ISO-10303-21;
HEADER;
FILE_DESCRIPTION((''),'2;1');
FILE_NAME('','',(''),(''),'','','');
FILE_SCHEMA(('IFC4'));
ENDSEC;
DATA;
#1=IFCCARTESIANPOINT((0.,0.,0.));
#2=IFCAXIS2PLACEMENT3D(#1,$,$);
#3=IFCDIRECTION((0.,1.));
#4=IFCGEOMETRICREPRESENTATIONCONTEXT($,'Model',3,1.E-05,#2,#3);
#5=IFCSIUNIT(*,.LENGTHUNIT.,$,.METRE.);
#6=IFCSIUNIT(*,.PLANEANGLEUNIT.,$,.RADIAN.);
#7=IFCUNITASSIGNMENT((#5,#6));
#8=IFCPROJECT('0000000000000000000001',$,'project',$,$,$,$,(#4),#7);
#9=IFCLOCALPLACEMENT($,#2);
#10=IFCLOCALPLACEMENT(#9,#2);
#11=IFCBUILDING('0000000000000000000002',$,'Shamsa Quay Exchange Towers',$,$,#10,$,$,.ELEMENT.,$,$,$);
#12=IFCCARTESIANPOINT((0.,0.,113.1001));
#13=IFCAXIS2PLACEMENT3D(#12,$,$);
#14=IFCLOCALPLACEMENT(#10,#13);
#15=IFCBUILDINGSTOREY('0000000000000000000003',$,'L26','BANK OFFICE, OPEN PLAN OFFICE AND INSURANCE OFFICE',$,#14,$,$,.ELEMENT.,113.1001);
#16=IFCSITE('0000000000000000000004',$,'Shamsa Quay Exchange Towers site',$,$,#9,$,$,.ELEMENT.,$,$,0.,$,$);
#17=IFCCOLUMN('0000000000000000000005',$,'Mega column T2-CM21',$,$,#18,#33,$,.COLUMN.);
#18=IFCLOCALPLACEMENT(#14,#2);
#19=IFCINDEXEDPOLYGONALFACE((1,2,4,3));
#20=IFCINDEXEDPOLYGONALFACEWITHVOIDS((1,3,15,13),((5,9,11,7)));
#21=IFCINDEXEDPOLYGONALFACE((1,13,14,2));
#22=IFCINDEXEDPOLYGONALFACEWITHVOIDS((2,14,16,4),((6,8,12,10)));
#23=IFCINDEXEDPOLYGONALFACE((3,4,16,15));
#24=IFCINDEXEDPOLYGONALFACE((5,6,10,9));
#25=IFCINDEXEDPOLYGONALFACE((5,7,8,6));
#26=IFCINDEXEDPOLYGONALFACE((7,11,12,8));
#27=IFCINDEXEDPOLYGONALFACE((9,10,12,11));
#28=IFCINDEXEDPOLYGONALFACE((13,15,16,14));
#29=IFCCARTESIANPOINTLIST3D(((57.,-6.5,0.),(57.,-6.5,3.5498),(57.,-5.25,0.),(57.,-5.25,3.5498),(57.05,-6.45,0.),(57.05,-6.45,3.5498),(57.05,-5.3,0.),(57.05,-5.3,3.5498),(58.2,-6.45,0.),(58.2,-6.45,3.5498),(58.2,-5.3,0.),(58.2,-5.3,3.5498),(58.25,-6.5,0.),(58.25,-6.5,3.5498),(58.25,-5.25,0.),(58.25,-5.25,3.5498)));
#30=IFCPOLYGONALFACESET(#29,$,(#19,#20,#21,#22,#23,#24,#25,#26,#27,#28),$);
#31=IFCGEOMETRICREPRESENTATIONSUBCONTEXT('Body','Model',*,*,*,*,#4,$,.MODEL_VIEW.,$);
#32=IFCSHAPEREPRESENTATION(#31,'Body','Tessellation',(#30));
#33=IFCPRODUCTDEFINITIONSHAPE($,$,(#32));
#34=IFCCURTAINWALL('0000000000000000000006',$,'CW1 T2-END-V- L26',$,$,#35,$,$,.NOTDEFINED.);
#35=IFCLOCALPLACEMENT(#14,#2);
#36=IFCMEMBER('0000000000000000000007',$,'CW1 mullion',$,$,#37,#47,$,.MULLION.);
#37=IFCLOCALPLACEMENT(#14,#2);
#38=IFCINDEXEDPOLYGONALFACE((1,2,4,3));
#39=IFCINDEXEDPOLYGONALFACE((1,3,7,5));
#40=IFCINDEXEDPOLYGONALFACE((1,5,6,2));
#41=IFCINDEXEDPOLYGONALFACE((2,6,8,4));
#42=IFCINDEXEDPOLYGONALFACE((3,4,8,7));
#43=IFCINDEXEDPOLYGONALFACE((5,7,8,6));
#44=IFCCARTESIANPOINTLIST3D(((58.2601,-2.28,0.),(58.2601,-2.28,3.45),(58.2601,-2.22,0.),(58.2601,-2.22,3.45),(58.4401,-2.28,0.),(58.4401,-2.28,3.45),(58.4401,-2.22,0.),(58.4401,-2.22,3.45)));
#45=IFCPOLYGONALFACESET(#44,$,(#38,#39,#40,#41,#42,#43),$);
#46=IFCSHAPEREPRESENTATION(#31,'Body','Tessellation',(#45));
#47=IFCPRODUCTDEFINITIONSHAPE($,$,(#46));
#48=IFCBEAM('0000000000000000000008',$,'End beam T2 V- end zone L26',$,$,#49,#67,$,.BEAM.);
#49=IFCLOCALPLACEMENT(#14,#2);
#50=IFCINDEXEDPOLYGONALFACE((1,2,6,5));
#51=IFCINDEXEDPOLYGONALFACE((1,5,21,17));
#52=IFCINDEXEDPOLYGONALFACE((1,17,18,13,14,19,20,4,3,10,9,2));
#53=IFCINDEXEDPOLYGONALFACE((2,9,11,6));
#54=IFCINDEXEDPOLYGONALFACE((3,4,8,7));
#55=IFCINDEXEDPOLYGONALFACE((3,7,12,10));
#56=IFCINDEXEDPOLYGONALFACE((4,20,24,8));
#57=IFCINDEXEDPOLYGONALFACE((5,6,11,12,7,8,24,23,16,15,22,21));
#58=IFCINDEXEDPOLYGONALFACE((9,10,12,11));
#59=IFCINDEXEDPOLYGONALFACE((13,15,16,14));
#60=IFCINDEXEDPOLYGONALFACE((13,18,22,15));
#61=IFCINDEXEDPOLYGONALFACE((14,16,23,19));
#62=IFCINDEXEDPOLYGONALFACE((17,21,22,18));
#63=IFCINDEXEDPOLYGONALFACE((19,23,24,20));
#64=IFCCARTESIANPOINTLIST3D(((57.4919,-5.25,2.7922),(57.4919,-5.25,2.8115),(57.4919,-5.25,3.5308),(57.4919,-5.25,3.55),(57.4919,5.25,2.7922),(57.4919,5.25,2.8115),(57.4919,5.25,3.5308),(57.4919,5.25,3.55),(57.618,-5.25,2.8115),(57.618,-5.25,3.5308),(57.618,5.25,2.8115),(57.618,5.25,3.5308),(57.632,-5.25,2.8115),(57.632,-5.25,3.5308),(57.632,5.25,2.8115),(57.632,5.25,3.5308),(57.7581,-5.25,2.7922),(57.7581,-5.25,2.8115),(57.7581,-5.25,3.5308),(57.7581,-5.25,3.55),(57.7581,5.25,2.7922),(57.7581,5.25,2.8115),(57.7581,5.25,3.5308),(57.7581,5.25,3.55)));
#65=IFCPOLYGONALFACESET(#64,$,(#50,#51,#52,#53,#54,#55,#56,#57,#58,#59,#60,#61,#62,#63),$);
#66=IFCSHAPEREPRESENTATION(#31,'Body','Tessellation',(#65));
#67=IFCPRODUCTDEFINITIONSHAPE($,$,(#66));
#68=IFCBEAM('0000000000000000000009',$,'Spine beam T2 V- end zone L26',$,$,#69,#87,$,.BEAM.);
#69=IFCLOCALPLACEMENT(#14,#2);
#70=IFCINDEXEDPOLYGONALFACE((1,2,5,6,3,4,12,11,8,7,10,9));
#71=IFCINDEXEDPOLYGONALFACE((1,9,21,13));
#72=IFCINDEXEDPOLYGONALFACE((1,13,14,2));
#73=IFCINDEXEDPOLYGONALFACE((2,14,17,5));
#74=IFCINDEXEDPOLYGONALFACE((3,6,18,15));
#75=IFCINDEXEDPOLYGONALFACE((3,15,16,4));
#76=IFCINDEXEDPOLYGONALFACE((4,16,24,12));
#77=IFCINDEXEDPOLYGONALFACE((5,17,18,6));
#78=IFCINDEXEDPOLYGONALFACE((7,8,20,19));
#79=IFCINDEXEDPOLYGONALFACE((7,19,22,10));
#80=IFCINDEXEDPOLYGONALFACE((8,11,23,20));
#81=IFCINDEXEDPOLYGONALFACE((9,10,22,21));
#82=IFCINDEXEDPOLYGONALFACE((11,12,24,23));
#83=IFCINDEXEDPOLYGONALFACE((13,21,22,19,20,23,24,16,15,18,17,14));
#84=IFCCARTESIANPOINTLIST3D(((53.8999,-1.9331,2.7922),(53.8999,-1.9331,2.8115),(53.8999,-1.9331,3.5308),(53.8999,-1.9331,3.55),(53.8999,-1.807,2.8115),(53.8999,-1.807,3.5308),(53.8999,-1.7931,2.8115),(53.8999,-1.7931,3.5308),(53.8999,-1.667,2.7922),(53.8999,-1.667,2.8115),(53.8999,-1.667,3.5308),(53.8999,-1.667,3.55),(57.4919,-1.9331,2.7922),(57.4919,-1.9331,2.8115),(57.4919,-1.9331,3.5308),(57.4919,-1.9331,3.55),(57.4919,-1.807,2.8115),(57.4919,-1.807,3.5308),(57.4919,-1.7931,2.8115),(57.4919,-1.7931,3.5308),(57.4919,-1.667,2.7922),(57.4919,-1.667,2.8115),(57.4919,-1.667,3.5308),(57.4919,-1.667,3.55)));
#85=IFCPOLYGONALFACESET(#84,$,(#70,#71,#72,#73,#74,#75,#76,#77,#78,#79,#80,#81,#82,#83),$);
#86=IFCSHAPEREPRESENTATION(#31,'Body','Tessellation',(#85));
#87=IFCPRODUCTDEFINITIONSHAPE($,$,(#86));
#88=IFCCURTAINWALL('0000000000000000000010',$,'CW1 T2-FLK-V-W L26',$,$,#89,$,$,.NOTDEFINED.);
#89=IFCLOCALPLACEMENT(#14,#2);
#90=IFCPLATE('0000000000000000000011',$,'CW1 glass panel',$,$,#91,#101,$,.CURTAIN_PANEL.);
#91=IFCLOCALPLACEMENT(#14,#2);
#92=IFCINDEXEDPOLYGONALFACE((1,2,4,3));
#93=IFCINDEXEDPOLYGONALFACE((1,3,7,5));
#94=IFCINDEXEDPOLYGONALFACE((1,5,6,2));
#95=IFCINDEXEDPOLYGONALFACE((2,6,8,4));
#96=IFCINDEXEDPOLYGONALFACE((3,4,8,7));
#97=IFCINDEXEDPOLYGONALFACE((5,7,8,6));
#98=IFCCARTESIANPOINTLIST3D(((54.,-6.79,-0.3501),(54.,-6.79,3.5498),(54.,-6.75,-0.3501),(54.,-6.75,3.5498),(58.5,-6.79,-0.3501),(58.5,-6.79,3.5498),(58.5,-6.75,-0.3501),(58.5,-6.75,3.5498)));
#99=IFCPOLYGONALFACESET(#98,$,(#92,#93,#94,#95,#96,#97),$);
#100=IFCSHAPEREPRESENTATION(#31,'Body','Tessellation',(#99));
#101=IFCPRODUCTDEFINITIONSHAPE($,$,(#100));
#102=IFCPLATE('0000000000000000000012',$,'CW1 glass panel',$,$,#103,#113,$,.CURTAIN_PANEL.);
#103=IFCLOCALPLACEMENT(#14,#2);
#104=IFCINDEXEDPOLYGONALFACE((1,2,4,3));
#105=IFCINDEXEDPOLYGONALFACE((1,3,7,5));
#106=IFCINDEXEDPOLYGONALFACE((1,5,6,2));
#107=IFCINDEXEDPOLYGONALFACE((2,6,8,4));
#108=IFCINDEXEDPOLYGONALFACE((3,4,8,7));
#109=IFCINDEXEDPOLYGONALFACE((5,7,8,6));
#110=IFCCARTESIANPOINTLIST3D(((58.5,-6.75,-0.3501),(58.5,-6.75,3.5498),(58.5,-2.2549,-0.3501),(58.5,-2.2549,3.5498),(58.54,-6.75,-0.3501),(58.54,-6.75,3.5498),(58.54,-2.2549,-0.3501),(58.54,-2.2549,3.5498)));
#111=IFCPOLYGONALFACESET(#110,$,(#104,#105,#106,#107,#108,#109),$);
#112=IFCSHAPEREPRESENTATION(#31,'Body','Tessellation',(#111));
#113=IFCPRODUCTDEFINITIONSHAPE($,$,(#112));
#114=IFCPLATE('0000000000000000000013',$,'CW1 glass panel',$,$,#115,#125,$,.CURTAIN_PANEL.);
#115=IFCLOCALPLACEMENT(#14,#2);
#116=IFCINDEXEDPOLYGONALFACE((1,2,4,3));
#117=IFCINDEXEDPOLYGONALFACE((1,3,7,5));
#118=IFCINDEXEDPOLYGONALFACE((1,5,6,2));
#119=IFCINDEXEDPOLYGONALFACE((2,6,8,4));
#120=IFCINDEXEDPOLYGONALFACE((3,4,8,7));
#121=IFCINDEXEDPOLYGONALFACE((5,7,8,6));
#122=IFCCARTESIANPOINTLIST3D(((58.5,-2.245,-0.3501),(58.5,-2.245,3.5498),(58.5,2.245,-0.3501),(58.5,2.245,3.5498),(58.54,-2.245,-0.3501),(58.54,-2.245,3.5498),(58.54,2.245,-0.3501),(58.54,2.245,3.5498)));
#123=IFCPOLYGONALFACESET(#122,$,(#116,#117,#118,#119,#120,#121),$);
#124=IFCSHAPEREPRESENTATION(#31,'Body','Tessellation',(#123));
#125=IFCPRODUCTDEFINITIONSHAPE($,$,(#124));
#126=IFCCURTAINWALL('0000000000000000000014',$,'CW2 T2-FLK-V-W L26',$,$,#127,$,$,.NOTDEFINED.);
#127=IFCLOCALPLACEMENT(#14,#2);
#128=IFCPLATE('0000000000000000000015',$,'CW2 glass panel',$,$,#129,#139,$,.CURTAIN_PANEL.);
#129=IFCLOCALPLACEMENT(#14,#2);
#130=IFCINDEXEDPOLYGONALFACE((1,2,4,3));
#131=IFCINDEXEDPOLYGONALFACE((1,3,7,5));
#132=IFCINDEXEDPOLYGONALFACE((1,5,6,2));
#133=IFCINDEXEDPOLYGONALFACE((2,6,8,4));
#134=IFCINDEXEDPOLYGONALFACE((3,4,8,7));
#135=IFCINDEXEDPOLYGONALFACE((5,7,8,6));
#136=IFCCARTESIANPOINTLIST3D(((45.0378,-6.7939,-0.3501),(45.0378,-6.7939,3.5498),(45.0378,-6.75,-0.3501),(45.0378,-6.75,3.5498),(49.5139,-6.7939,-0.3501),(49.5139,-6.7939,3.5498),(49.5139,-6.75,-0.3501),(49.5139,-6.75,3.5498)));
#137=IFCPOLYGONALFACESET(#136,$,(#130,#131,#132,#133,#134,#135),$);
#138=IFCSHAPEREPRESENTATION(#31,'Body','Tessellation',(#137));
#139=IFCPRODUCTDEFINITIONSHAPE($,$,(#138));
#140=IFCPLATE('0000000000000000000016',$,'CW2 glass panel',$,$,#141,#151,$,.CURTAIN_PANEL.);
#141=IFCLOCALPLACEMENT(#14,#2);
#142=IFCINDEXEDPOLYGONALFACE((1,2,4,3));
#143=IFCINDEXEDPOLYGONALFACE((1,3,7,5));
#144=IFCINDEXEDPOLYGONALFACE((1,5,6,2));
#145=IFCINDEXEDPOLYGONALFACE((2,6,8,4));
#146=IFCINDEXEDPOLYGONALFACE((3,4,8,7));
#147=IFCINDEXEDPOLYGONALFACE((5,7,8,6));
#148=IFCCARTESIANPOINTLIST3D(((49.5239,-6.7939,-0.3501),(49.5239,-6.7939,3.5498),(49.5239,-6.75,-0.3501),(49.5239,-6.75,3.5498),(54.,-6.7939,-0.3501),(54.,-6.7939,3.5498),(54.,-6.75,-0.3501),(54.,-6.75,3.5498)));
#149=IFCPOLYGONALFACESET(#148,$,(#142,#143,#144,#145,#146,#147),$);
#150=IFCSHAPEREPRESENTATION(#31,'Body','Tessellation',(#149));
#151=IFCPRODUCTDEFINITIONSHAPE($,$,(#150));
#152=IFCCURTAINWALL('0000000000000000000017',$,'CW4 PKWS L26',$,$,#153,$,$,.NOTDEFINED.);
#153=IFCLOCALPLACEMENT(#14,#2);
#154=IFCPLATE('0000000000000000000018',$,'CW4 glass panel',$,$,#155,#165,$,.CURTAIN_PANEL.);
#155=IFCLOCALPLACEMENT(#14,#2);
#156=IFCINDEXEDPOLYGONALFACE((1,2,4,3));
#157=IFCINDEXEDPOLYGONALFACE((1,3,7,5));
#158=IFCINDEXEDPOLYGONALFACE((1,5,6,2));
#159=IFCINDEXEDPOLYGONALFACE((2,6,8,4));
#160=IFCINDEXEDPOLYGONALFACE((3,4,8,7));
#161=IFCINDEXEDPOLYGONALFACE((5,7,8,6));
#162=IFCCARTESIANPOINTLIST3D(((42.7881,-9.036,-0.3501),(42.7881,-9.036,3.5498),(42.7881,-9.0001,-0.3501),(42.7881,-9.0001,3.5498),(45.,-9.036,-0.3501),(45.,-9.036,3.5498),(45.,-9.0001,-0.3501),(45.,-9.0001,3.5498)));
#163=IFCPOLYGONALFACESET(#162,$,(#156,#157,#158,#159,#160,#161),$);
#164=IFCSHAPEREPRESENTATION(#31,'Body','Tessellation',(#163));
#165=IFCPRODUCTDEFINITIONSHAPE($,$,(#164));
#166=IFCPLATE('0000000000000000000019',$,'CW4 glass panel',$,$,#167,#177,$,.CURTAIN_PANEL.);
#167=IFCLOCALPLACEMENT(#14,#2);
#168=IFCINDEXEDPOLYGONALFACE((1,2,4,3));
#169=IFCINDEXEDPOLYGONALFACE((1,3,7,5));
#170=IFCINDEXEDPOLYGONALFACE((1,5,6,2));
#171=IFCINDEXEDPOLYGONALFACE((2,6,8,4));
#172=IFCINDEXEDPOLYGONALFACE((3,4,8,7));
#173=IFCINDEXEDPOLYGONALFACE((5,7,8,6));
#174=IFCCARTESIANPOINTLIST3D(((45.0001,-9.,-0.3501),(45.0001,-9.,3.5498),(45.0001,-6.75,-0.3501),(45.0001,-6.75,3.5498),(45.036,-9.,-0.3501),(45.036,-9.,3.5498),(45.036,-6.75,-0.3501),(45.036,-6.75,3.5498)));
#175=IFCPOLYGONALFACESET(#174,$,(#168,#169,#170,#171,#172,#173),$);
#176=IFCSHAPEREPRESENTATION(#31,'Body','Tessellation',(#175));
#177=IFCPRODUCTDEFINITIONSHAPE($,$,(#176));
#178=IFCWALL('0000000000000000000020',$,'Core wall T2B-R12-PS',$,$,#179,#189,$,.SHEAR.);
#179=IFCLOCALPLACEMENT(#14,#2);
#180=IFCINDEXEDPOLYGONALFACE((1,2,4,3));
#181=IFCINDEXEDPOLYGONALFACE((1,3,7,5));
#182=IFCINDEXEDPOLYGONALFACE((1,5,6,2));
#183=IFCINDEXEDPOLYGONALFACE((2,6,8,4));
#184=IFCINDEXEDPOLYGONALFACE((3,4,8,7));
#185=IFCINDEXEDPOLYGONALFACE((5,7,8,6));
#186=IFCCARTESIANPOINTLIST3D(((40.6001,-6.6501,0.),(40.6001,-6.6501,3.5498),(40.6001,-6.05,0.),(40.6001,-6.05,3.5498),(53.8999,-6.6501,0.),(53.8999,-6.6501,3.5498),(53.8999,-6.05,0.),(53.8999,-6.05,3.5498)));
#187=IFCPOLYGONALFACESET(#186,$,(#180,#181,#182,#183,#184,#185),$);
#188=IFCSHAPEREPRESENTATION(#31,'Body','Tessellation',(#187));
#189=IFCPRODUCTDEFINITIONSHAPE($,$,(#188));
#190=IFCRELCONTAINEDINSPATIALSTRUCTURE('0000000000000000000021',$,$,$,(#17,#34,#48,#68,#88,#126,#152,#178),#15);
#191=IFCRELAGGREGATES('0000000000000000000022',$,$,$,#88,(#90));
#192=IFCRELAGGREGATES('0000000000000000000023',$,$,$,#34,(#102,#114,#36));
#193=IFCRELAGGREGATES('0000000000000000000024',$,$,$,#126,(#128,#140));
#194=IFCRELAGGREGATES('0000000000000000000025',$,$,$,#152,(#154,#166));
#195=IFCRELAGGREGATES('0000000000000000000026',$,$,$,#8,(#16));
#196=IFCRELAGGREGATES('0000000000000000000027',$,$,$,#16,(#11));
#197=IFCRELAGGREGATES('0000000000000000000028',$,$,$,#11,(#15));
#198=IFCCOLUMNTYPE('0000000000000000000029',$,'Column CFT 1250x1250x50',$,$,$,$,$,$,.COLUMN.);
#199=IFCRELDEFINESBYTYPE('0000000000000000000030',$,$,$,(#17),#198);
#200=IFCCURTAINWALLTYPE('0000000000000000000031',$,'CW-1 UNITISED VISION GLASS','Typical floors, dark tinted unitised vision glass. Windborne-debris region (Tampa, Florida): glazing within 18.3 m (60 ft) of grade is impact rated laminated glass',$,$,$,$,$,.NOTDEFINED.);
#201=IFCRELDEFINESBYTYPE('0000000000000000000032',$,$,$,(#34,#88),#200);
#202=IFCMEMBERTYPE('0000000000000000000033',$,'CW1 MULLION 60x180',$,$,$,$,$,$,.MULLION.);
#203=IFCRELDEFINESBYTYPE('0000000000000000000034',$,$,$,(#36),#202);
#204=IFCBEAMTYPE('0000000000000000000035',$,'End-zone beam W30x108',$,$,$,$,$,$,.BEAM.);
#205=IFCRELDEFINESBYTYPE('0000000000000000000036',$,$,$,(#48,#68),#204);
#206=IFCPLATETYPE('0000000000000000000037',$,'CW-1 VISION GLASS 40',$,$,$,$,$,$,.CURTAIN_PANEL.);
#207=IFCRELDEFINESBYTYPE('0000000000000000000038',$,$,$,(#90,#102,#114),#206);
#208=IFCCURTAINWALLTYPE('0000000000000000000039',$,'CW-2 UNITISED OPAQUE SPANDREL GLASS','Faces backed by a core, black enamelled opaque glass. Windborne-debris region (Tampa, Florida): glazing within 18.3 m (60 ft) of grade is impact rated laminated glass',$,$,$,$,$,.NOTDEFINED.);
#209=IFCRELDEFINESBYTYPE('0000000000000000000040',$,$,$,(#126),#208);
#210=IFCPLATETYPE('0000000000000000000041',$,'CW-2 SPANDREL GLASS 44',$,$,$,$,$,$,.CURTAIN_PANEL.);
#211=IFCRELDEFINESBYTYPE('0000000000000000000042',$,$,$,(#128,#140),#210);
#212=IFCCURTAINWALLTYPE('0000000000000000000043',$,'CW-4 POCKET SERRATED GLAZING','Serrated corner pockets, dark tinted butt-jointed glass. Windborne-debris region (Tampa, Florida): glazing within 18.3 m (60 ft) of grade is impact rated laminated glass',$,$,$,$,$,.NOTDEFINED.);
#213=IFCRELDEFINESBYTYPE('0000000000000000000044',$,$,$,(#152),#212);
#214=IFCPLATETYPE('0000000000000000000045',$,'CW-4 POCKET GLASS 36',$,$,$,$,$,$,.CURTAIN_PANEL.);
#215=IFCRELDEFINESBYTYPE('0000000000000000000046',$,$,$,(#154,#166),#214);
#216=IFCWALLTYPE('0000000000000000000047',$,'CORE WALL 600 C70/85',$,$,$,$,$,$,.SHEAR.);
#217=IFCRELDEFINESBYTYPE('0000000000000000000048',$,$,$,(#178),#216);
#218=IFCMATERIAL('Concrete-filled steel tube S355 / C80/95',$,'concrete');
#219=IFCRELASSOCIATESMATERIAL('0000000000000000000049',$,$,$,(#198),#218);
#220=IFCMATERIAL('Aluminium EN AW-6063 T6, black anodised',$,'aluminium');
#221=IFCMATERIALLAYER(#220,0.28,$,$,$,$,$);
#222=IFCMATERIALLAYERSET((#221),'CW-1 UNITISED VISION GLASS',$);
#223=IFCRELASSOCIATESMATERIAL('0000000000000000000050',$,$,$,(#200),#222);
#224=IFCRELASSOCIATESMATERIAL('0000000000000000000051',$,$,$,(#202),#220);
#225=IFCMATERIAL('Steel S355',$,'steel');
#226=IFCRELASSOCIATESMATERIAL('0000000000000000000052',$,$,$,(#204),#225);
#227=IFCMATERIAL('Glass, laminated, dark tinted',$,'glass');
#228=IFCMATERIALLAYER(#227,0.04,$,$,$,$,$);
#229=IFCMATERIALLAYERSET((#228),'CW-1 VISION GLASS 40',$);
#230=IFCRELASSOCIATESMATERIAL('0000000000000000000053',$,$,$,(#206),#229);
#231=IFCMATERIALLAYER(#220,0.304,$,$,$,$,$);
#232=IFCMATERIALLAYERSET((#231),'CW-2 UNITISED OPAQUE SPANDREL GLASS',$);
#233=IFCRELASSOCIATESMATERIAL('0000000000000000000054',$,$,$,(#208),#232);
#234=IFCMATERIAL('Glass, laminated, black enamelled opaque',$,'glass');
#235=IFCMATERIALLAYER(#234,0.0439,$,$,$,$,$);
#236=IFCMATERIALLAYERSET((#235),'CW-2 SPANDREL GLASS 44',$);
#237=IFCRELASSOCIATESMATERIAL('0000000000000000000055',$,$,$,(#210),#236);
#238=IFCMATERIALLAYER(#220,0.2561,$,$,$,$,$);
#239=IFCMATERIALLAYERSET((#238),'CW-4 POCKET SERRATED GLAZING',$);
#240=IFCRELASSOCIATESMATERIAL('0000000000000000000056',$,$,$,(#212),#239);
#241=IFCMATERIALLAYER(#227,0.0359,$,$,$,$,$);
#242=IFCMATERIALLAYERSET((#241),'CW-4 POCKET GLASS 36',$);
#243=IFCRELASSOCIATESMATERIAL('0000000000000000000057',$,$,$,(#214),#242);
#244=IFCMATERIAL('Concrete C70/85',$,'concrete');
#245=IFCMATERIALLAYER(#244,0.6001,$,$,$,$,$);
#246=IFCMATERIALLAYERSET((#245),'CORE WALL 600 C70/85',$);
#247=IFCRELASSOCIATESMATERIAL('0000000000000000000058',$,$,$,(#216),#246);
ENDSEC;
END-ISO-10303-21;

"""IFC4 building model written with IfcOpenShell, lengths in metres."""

from ifc_helpers import new_model, si_unit, direction, frame, frame_2d, origin, origin_2d, place, context, subcontext, project, spatial, rectangle, hollow_rectangle, i_section, extrude, material, layer, layer_set, material_profile, profile_set, type_object, element, aggregate, save


model = new_model("IFC4")

# Units and contexts
model_context = context("Model", 3, precision=1e-05, world=origin(), true_north=direction((0.0, 1.0)))
body_context = subcontext(model_context, "Body", "Model", "MODEL_VIEW")
ifc_project = project(units=[si_unit("LENGTHUNIT", "METRE"), si_unit("PLANEANGLEUNIT", "RADIAN")], contexts=[model_context])

# Site, building, storey
site_placement = place(None, origin())
site = spatial("IfcSite", under=ifc_project, at=site_placement, Name="Shamsa Quay Exchange Towers site", CompositionType="ELEMENT", RefElevation=0.0)
building_placement = place(site_placement, origin())
building = spatial("IfcBuilding", under=site, at=building_placement, Name="Shamsa Quay Exchange Towers", CompositionType="ELEMENT")
storey_placement = place(building_placement, frame((0.0, 0.0, 113.1001)))
storey = spatial("IfcBuildingStorey", under=building, at=storey_placement, Name="L26", Description="BANK OFFICE, OPEN PLAN OFFICE AND INSURANCE OFFICE", CompositionType="ELEMENT", Elevation=113.1001)

# Column
ifc_material_1 = material(Name="Concrete-filled steel tube S355 / C80/95", Category="concrete")
ifc_material_profile_1 = material_profile(ifc_material_1, hollow_rectangle(XDim=1.25, YDim=1.25, WallThickness=0.05, at=origin_2d()), Name="CFT 1250x1250x50")
ifc_profile_set_1 = profile_set([ifc_material_profile_1], Name="Concrete-filled steel tube S355 / C80/95")
column_type = type_object("IfcColumnType", Name="Column CFT 1250x1250x50", PredefinedType="COLUMN", material=ifc_profile_set_1)
column_placement = place(storey_placement, frame((57.625, -5.875, 0.0)))
element("IfcColumn", 1, at=column_placement, inside=storey, type_object=column_type, Name="Mega column T2-CM21", PredefinedType="COLUMN", context=body_context, shape_type="SweptSolid", body=[
    extrude(hollow_rectangle(XDim=1.25, YDim=1.25, WallThickness=0.05, at=origin_2d()), origin(), (0.0, 0.0, 1.0), 3.5498),
])

# Curtain wall, member
ifc_material_2 = material(Name="Aluminium EN AW-6063 T6, black anodised", Category="aluminium")
ifc_layer_1 = layer(ifc_material_2, 0.28)
ifc_layer_set_1 = layer_set([ifc_layer_1], Name="CW-1 UNITISED VISION GLASS")
curtain_wall_type_1 = type_object("IfcCurtainWallType", Name="CW-1 UNITISED VISION GLASS", Description="Typical floors, dark tinted unitised vision glass. Windborne-debris region (Tampa, Florida): glazing within 18.3 m (60 ft) of grade is impact rated laminated glass", PredefinedType="NOTDEFINED", material=ifc_layer_set_1)
curtain_wall_1_placement = place(storey_placement, origin())
curtain_wall_1 = element("IfcCurtainWall", 2, at=curtain_wall_1_placement, inside=storey, type_object=curtain_wall_type_1, Name="CW1 T2-END-V- L26", PredefinedType="NOTDEFINED")
ifc_material_profile_2 = material_profile(ifc_material_2, rectangle(XDim=0.1799, YDim=0.0601, at=origin_2d()), Name="MU60x180")
ifc_profile_set_2 = profile_set([ifc_material_profile_2], Name="Aluminium EN AW-6063 T6, black anodised")
member_type = type_object("IfcMemberType", Name="CW1 MULLION 60x180", PredefinedType="MULLION", material=ifc_profile_set_2)
member_placement = place(storey_placement, frame((58.3501, -2.25, 0.0), z_axis=(0.0, 0.0, 1.0), x_axis=(-1.0, 0.0, 0.0)))
member = element("IfcMember", 3, at=member_placement, type_object=member_type, Name="CW1 mullion", PredefinedType="MULLION", context=body_context, shape_type="SweptSolid", body=[
    extrude(rectangle(XDim=0.1799, YDim=0.0601, at=origin_2d()), origin(), (0.0, 0.0, 1.0), 3.45),
])

# Beams
ifc_material_3 = material(Name="Steel S355", Category="steel")
ifc_material_profile_3 = material_profile(ifc_material_3, i_section(OverallWidth=0.2661, OverallDepth=0.7578, WebThickness=0.0139, FlangeThickness=0.0193, at=origin_2d()), Name="W30x108")
ifc_profile_set_3 = profile_set([ifc_material_profile_3], Name="Steel S355")
beam_type = type_object("IfcBeamType", Name="End-zone beam W30x108", PredefinedType="BEAM", material=ifc_profile_set_3)
beam_1_placement = place(storey_placement, frame((57.625, -5.25, 3.1711), z_axis=(0.0, 1.0, 0.0), x_axis=(-1.0, 0.0, 0.0)))
element("IfcBeam", 4, at=beam_1_placement, inside=storey, type_object=beam_type, Name="End beam T2 V- end zone L26", PredefinedType="BEAM", context=body_context, shape_type="SweptSolid", body=[
    extrude(i_section(OverallWidth=0.2661, OverallDepth=0.7578, WebThickness=0.0139, FlangeThickness=0.0193, at=origin_2d()), origin(), (0.0, 0.0, 1.0), 10.5),
])
beam_2_placement = place(storey_placement, frame((53.8999, -1.8, 3.1711), z_axis=(1.0, 0.0, 0.0), x_axis=(0.0, 1.0, 0.0)))
element("IfcBeam", 5, at=beam_2_placement, inside=storey, type_object=beam_type, Name="Spine beam T2 V- end zone L26", PredefinedType="BEAM", context=body_context, shape_type="SweptSolid", body=[
    extrude(i_section(OverallWidth=0.2661, OverallDepth=0.7578, WebThickness=0.0139, FlangeThickness=0.0193, at=origin_2d()), origin(), (0.0, 0.0, 1.0), 3.592),
])

# Curtain wall, plate
curtain_wall_2_placement = place(storey_placement, origin())
curtain_wall_2 = element("IfcCurtainWall", 6, at=curtain_wall_2_placement, inside=storey, type_object=curtain_wall_type_1, Name="CW1 T2-FLK-V-W L26", PredefinedType="NOTDEFINED")
ifc_material_4 = material(Name="Glass, laminated, dark tinted", Category="glass")
ifc_layer_2 = layer(ifc_material_4, 0.04)
ifc_layer_set_2 = layer_set([ifc_layer_2], Name="CW-1 VISION GLASS 40")
plate_type_1 = type_object("IfcPlateType", Name="CW-1 VISION GLASS 40", PredefinedType="CURTAIN_PANEL", material=ifc_layer_set_2)
plate_1_placement = place(storey_placement, frame((56.25, -6.77, -0.3501)))
plate_1 = element("IfcPlate", 7, at=plate_1_placement, type_object=plate_type_1, Name="CW1 glass panel", PredefinedType="CURTAIN_PANEL", context=body_context, shape_type="SweptSolid", body=[
    extrude(rectangle(XDim=4.5, YDim=0.04, at=origin_2d()), origin(), (0.0, 0.0, 1.0), 3.8999),
])
aggregate(curtain_wall_2, [plate_1])

# Plates
plate_2_placement = place(storey_placement, frame((58.52, -4.5024, -0.3501), z_axis=(0.0, 0.0, 1.0), x_axis=(0.0, 1.0, 0.0)))
plate_2 = element("IfcPlate", 8, at=plate_2_placement, type_object=plate_type_1, Name="CW1 glass panel", PredefinedType="CURTAIN_PANEL", context=body_context, shape_type="SweptSolid", body=[
    extrude(rectangle(XDim=4.4951, YDim=0.04, at=origin_2d()), origin(), (0.0, 0.0, 1.0), 3.8999),
])
plate_3_placement = place(storey_placement, frame((58.52, 0.0, -0.3501), z_axis=(0.0, 0.0, 1.0), x_axis=(0.0, 1.0, 0.0)))
plate_3 = element("IfcPlate", 9, at=plate_3_placement, type_object=plate_type_1, Name="CW1 glass panel", PredefinedType="CURTAIN_PANEL", context=body_context, shape_type="SweptSolid", body=[
    extrude(rectangle(XDim=4.49, YDim=0.04, at=origin_2d()), origin(), (0.0, 0.0, 1.0), 3.8999),
])
aggregate(curtain_wall_1, [plate_2, plate_3, member])

# Curtain walls, plates
ifc_layer_3 = layer(ifc_material_2, 0.304)
ifc_layer_set_3 = layer_set([ifc_layer_3], Name="CW-2 UNITISED OPAQUE SPANDREL GLASS")
curtain_wall_type_2 = type_object("IfcCurtainWallType", Name="CW-2 UNITISED OPAQUE SPANDREL GLASS", Description="Faces backed by a core, black enamelled opaque glass. Windborne-debris region (Tampa, Florida): glazing within 18.3 m (60 ft) of grade is impact rated laminated glass", PredefinedType="NOTDEFINED", material=ifc_layer_set_3)
curtain_wall_3_placement = place(storey_placement, origin())
curtain_wall_3 = element("IfcCurtainWall", 10, at=curtain_wall_3_placement, inside=storey, type_object=curtain_wall_type_2, Name="CW2 T2-FLK-V-W L26", PredefinedType="NOTDEFINED")
ifc_material_5 = material(Name="Glass, laminated, black enamelled opaque", Category="glass")
ifc_layer_4 = layer(ifc_material_5, 0.0439)
ifc_layer_set_4 = layer_set([ifc_layer_4], Name="CW-2 SPANDREL GLASS 44")
plate_type_2 = type_object("IfcPlateType", Name="CW-2 SPANDREL GLASS 44", PredefinedType="CURTAIN_PANEL", material=ifc_layer_set_4)
plate_4_placement = place(storey_placement, frame((47.2759, -6.772, -0.3501)))
plate_4 = element("IfcPlate", 11, at=plate_4_placement, type_object=plate_type_2, Name="CW2 glass panel", PredefinedType="CURTAIN_PANEL", context=body_context, shape_type="SweptSolid", body=[
    extrude(rectangle(XDim=4.4761, YDim=0.0439, at=origin_2d()), origin(), (0.0, 0.0, 1.0), 3.8999),
])
plate_5_placement = place(storey_placement, frame((51.762, -6.772, -0.3501)))
plate_5 = element("IfcPlate", 12, at=plate_5_placement, type_object=plate_type_2, Name="CW2 glass panel", PredefinedType="CURTAIN_PANEL", context=body_context, shape_type="SweptSolid", body=[
    extrude(rectangle(XDim=4.4761, YDim=0.0439, at=origin_2d()), origin(), (0.0, 0.0, 1.0), 3.8999),
])
aggregate(curtain_wall_3, [plate_4, plate_5])
ifc_layer_5 = layer(ifc_material_2, 0.2561)
ifc_layer_set_5 = layer_set([ifc_layer_5], Name="CW-4 POCKET SERRATED GLAZING")
curtain_wall_type_3 = type_object("IfcCurtainWallType", Name="CW-4 POCKET SERRATED GLAZING", Description="Serrated corner pockets, dark tinted butt-jointed glass. Windborne-debris region (Tampa, Florida): glazing within 18.3 m (60 ft) of grade is impact rated laminated glass", PredefinedType="NOTDEFINED", material=ifc_layer_set_5)
curtain_wall_4_placement = place(storey_placement, origin())
curtain_wall_4 = element("IfcCurtainWall", 13, at=curtain_wall_4_placement, inside=storey, type_object=curtain_wall_type_3, Name="CW4 PKWS L26", PredefinedType="NOTDEFINED")
ifc_layer_6 = layer(ifc_material_4, 0.0359)
ifc_layer_set_6 = layer_set([ifc_layer_6], Name="CW-4 POCKET GLASS 36")
plate_type_3 = type_object("IfcPlateType", Name="CW-4 POCKET GLASS 36", PredefinedType="CURTAIN_PANEL", material=ifc_layer_set_6)
plate_6_placement = place(storey_placement, frame((43.894, -9.0181, -0.3501)))
plate_6 = element("IfcPlate", 14, at=plate_6_placement, type_object=plate_type_3, Name="CW4 glass panel", PredefinedType="CURTAIN_PANEL", context=body_context, shape_type="SweptSolid", body=[
    extrude(rectangle(XDim=2.2119, YDim=0.0359, at=origin_2d()), origin(), (0.0, 0.0, 1.0), 3.8999),
])
plate_7_placement = place(storey_placement, frame((45.0181, -7.875, -0.3501), z_axis=(0.0, 0.0, 1.0), x_axis=(0.0, 1.0, 0.0)))
plate_7 = element("IfcPlate", 15, at=plate_7_placement, type_object=plate_type_3, Name="CW4 glass panel", PredefinedType="CURTAIN_PANEL", context=body_context, shape_type="SweptSolid", body=[
    extrude(rectangle(XDim=2.25, YDim=0.0359, at=origin_2d()), origin(), (0.0, 0.0, 1.0), 3.8999),
])
aggregate(curtain_wall_4, [plate_6, plate_7])

# Wall
ifc_material_6 = material(Name="Concrete C70/85", Category="concrete")
ifc_layer_7 = layer(ifc_material_6, 0.6001)
ifc_layer_set_7 = layer_set([ifc_layer_7], Name="CORE WALL 600 C70/85")
wall_type_1 = type_object("IfcWallType", Name="CORE WALL 600 C70/85", PredefinedType="SHEAR", material=ifc_layer_set_7)
wall_1_placement = place(storey_placement, frame((53.8999, -6.3501, 0.0), z_axis=(0.0, 0.0, 1.0), x_axis=(-1.0, 0.0, 0.0)))
element("IfcWall", 16, at=wall_1_placement, inside=storey, type_object=wall_type_1, Name="Core wall T2B-R12-PS", PredefinedType="SHEAR", context=body_context, shape_type="SweptSolid", body=[
    extrude(rectangle(XDim=13.2998, YDim=0.6001, at=frame_2d((6.6499, 0.0))), origin(), (0.0, 0.0, 1.0), 3.5498),
])

save(model, "model.ifc")
